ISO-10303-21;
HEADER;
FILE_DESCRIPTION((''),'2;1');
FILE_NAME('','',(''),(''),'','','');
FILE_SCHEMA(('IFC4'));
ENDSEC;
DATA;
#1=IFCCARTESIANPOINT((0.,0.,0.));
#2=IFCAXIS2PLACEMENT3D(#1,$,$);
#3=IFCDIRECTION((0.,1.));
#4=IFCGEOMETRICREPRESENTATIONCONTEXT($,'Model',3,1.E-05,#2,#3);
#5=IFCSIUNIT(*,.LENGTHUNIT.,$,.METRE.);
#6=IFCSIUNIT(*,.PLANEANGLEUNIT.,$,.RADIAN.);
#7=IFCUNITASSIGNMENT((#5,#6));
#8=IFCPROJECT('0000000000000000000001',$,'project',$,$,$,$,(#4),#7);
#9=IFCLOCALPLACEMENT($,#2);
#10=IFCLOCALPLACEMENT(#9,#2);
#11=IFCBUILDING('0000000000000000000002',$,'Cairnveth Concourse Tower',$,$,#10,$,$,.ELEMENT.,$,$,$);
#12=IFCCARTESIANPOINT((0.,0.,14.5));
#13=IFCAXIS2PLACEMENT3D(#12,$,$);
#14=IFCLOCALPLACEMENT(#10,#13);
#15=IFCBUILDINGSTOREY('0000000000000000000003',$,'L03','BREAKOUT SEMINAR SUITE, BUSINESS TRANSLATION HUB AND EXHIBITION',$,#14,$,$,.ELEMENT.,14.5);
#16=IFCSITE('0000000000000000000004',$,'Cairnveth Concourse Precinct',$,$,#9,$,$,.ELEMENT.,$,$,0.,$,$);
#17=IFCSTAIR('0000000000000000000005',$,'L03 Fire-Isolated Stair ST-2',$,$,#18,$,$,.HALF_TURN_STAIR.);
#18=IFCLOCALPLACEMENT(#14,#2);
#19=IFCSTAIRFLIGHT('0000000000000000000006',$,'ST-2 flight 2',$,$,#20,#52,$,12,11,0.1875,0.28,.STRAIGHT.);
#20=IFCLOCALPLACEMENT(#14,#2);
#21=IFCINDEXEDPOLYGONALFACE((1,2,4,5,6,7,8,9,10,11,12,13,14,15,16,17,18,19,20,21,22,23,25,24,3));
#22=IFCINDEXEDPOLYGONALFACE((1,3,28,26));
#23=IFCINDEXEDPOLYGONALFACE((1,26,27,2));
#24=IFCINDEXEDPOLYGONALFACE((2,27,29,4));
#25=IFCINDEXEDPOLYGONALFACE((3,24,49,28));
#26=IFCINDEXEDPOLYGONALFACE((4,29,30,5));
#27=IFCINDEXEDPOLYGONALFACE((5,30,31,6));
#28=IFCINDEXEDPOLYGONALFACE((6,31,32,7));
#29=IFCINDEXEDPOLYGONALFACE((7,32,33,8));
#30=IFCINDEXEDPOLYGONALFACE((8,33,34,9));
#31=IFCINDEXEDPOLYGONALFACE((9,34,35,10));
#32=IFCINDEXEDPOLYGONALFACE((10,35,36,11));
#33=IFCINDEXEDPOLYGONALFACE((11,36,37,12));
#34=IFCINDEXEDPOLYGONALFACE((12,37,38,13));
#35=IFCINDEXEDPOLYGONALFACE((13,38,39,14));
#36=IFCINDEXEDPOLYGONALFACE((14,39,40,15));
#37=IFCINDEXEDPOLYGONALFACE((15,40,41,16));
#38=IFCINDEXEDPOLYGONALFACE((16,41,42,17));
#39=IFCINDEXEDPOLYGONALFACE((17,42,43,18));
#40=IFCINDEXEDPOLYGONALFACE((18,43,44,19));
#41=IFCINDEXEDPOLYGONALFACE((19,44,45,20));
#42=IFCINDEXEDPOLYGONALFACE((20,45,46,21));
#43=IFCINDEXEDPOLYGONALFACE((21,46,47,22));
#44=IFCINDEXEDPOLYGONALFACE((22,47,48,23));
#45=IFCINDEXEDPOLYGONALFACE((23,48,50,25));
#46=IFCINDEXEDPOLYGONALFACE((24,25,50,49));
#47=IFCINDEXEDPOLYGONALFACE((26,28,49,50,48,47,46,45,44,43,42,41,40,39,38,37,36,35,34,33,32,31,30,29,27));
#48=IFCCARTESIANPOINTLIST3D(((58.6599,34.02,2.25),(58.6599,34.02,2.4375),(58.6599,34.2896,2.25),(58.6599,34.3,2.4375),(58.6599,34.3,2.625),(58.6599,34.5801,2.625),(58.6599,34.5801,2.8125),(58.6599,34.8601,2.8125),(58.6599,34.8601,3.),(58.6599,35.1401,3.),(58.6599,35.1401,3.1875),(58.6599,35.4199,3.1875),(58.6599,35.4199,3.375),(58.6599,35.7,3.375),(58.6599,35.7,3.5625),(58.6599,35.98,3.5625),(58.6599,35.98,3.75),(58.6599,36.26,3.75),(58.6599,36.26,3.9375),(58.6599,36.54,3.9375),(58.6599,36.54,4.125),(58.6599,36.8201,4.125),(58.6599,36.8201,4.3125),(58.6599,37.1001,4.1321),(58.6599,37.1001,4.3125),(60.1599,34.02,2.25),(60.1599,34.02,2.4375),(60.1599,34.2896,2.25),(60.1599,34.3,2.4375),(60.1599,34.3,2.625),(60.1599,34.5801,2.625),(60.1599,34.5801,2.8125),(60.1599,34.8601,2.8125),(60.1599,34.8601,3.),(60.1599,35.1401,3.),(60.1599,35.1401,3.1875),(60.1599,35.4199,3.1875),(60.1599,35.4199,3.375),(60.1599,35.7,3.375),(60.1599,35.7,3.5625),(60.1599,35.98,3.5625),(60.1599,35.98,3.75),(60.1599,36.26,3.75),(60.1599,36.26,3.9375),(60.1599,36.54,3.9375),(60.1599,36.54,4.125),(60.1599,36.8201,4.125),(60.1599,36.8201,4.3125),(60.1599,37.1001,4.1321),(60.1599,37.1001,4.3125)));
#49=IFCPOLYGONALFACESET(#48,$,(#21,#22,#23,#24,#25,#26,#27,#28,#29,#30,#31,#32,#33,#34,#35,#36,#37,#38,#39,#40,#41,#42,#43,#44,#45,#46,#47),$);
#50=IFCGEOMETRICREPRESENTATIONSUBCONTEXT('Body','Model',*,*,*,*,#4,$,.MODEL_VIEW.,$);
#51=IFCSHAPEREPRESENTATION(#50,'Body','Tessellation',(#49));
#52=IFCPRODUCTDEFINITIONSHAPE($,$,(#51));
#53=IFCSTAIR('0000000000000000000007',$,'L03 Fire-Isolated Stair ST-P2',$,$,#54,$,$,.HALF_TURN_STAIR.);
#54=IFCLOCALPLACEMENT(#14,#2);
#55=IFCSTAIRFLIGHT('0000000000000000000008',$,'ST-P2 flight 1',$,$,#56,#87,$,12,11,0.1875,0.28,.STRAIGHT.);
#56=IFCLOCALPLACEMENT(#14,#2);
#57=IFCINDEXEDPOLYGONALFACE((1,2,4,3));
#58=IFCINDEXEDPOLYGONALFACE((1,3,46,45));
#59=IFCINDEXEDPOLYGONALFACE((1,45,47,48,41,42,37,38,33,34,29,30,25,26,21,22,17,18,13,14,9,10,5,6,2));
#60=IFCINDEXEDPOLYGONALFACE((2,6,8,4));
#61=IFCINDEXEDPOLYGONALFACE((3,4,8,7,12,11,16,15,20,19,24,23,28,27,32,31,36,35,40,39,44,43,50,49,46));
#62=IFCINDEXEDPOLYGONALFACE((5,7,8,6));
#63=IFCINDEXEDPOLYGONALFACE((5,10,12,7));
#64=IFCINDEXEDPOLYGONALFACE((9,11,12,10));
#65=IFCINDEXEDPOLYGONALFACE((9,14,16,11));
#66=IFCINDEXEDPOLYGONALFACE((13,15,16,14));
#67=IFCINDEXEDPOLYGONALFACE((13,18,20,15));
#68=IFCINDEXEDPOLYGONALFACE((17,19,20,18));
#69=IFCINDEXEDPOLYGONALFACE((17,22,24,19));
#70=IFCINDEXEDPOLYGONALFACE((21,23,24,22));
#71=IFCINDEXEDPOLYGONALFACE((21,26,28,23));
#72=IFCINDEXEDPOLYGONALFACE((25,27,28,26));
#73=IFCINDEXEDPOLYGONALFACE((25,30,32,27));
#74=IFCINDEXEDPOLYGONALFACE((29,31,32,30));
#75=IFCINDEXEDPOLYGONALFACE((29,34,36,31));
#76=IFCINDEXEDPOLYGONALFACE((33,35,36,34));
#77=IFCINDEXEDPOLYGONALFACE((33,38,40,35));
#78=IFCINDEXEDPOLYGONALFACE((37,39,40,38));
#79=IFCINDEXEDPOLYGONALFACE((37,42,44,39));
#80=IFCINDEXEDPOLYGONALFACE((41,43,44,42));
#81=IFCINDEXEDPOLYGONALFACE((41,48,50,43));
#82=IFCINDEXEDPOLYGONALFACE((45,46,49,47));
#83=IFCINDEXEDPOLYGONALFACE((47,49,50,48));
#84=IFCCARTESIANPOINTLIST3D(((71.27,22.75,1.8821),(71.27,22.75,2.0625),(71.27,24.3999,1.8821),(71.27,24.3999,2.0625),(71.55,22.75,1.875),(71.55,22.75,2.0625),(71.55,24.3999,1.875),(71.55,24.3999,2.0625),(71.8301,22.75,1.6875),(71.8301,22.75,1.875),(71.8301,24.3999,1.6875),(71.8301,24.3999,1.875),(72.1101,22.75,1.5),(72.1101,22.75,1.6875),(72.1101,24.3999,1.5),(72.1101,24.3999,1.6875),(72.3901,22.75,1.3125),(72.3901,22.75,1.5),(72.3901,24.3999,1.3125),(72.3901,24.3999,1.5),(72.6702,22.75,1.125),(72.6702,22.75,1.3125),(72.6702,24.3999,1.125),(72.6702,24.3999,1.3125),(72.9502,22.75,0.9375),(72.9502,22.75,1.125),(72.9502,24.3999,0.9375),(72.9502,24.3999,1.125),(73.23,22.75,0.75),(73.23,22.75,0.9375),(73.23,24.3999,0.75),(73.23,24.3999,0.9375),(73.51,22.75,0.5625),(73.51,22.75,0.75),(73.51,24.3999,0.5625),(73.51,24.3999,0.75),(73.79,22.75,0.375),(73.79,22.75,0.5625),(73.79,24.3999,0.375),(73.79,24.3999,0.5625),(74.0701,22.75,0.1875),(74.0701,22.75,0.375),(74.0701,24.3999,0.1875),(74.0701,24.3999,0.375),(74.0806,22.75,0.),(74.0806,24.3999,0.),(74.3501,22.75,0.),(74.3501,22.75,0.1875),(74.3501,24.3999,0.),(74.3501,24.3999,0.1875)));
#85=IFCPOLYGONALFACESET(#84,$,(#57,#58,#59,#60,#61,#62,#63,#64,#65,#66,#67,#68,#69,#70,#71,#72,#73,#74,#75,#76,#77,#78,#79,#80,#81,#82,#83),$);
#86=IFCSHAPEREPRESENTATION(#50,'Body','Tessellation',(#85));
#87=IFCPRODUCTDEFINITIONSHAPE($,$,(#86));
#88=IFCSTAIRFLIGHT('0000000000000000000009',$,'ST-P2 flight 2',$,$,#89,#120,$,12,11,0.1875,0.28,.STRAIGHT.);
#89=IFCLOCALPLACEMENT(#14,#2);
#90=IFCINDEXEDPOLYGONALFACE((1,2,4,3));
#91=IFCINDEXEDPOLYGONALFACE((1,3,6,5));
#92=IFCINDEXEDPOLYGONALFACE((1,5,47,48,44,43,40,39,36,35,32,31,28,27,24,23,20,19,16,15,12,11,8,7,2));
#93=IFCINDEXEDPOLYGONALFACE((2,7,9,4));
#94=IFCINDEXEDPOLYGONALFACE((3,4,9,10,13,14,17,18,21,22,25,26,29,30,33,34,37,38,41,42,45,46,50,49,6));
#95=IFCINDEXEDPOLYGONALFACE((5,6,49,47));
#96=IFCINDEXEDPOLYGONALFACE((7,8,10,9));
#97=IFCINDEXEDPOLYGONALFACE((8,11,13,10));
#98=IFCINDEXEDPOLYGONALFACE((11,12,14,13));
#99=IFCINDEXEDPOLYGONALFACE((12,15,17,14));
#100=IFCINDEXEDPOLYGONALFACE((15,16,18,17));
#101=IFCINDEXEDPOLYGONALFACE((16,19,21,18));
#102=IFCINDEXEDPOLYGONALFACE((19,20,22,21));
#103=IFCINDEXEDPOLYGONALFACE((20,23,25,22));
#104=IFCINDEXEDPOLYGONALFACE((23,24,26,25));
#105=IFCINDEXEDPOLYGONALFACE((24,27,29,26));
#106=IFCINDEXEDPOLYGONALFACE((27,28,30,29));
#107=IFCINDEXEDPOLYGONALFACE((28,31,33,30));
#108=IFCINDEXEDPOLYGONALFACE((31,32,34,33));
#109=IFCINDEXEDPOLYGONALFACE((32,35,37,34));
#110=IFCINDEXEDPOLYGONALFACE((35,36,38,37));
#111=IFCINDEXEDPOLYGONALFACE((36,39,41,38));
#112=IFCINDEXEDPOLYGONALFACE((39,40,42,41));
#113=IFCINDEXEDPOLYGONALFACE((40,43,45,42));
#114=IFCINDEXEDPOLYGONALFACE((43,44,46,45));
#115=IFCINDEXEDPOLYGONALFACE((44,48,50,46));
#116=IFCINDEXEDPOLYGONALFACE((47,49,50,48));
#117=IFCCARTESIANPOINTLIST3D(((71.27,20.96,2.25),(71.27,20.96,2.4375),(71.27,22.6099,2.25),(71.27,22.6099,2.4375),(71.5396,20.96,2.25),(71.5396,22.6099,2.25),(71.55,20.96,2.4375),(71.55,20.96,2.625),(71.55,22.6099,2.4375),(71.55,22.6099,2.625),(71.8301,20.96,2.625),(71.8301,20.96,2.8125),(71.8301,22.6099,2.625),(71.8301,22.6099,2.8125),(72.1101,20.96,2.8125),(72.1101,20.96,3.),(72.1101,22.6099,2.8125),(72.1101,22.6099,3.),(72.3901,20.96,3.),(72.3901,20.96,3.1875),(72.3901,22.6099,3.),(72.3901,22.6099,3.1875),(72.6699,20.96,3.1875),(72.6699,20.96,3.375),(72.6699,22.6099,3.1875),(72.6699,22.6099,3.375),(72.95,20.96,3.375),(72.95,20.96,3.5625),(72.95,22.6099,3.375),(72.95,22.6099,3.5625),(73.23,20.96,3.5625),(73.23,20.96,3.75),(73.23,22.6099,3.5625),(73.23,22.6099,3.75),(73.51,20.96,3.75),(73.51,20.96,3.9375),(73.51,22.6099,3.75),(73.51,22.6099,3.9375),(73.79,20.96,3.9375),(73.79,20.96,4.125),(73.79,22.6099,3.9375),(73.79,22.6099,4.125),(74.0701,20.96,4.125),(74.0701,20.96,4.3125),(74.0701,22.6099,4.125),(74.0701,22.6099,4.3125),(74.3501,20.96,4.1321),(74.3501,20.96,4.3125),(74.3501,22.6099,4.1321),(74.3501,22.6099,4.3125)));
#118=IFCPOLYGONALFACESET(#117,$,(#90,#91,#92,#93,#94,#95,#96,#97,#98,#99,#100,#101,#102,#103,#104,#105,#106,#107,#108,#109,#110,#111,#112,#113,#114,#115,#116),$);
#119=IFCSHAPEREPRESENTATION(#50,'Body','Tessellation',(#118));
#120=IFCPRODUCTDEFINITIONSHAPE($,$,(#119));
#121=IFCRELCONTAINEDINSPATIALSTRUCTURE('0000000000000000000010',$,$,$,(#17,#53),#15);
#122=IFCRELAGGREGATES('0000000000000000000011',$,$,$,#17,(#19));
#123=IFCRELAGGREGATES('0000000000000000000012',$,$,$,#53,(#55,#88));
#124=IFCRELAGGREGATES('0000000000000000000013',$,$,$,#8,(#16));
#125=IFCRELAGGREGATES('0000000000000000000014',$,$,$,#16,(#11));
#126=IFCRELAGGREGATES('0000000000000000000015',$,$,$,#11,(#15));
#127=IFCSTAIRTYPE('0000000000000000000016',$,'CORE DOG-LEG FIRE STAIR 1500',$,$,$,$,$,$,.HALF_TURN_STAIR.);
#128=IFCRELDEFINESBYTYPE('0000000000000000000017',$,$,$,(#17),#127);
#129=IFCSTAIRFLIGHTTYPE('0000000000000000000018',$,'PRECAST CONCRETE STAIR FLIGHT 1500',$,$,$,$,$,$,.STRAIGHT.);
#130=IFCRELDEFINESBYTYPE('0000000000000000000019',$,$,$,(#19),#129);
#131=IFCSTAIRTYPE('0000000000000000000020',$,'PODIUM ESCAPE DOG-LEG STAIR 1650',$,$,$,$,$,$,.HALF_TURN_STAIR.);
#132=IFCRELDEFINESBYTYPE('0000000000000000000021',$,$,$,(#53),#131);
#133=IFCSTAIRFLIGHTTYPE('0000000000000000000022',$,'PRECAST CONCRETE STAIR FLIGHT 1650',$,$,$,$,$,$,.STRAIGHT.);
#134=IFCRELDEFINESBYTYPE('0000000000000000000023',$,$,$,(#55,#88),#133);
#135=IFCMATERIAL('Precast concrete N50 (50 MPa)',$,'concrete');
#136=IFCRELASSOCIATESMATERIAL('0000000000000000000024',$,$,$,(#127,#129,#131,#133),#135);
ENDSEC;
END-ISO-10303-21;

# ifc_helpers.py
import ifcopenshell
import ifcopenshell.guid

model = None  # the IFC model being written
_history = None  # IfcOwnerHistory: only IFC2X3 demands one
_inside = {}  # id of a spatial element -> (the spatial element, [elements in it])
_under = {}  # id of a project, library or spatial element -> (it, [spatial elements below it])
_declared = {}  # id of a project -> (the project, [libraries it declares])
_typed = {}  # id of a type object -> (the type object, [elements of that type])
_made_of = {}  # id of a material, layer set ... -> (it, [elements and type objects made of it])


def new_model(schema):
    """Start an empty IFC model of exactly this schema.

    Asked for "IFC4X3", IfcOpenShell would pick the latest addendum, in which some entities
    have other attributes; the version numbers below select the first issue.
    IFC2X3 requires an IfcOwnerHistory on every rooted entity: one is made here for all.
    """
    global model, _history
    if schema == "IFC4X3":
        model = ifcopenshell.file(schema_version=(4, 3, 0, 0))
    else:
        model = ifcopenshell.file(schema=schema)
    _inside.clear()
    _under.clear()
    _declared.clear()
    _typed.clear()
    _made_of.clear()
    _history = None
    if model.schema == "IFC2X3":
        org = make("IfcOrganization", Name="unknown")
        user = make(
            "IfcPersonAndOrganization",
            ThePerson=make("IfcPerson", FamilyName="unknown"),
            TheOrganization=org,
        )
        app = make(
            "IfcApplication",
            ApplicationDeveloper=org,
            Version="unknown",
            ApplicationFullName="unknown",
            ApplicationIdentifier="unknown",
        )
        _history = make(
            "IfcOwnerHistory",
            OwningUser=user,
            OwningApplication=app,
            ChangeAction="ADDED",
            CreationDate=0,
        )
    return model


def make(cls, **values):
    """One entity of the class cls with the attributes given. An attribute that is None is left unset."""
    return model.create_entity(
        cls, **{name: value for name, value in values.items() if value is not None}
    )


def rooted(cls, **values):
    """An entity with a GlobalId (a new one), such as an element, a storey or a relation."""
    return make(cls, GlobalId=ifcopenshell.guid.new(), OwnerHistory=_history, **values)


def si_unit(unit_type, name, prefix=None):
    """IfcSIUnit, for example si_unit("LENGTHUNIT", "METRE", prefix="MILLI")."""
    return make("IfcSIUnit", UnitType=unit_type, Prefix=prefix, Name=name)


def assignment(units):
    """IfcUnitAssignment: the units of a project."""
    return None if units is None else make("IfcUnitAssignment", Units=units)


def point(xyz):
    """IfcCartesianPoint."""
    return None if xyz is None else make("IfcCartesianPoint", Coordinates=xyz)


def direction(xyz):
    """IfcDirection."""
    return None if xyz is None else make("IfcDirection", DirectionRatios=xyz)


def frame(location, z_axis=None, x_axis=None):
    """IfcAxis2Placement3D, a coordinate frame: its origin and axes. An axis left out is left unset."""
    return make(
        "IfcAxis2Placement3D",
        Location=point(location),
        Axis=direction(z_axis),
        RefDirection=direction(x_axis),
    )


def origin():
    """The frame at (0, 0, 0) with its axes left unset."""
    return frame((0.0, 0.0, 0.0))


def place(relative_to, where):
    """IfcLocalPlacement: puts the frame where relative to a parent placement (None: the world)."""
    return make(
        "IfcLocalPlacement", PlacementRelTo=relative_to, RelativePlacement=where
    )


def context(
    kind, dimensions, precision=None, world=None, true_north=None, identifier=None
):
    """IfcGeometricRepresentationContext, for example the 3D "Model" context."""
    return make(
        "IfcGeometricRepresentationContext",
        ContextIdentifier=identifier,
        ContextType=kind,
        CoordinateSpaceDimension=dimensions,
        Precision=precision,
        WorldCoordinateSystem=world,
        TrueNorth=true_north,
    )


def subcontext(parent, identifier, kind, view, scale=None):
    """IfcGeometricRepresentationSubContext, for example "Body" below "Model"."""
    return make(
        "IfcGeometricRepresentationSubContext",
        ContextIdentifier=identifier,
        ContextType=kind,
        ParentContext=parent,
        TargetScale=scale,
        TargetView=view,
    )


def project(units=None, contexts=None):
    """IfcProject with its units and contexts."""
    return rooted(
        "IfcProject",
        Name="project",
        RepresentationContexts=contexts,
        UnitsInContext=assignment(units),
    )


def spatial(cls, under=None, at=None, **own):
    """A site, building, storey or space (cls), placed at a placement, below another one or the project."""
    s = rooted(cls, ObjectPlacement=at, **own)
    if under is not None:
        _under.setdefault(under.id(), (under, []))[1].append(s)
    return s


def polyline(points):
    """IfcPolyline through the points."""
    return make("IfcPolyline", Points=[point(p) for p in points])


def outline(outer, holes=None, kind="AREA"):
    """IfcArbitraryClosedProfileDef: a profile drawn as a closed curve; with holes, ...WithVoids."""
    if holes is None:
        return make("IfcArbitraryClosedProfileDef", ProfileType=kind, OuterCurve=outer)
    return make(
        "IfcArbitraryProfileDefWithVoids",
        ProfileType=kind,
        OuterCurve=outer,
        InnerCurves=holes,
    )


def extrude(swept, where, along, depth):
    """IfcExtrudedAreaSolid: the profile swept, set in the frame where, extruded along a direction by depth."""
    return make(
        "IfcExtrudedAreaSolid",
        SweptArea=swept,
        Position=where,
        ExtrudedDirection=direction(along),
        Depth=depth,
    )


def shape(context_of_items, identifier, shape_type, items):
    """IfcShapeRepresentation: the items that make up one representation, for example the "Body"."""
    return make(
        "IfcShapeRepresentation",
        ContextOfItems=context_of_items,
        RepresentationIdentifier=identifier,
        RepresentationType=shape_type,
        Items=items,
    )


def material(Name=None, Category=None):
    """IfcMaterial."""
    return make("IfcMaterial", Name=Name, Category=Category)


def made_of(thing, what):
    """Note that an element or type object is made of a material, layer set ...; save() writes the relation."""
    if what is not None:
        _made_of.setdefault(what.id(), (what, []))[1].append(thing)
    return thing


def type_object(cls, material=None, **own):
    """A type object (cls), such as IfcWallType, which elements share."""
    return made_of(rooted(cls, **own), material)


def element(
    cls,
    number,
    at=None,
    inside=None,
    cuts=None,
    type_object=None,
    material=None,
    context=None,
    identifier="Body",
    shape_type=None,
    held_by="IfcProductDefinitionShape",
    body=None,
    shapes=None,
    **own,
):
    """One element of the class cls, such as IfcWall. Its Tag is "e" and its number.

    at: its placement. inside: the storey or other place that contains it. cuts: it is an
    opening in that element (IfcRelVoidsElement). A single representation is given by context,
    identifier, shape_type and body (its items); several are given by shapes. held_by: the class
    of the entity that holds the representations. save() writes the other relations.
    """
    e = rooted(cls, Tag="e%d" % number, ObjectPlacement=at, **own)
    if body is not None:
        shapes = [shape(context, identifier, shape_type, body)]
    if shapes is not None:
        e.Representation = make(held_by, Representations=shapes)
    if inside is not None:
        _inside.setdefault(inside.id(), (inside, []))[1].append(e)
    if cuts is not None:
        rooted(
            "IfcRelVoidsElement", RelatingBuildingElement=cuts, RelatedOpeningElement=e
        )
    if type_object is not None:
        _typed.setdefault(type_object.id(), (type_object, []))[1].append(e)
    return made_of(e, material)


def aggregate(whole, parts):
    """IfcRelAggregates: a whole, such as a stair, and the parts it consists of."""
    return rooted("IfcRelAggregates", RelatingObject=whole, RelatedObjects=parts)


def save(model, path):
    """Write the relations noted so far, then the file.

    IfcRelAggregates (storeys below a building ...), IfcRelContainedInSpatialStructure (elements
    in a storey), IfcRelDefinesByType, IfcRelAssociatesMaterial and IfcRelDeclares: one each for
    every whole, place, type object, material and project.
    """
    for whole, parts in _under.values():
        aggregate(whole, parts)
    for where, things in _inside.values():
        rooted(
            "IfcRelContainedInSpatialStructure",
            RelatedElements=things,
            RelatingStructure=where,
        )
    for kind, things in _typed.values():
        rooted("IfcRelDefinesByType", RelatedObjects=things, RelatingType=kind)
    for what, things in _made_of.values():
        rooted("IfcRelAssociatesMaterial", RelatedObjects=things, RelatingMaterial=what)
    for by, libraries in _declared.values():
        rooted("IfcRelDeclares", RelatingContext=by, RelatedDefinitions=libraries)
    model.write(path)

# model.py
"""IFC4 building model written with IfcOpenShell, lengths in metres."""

from ifc_helpers import new_model, si_unit, direction, frame, origin, place, context, subcontext, project, spatial, polyline, outline, extrude, material, type_object, element, aggregate, save


model = new_model("IFC4")

# Units and contexts
model_context = context("Model", 3, precision=1e-05, world=origin(), true_north=direction((0.0, 1.0)))
body_context = subcontext(model_context, "Body", "Model", "MODEL_VIEW")
ifc_project = project(units=[si_unit("LENGTHUNIT", "METRE"), si_unit("PLANEANGLEUNIT", "RADIAN")], contexts=[model_context])

# Site, building, storey
site_placement = place(None, origin())
site = spatial("IfcSite", under=ifc_project, at=site_placement, Name="Cairnveth Concourse Precinct", CompositionType="ELEMENT", RefElevation=0.0)
building_placement = place(site_placement, origin())
building = spatial("IfcBuilding", under=site, at=building_placement, Name="Cairnveth Concourse Tower", CompositionType="ELEMENT")
storey_placement = place(building_placement, frame((0.0, 0.0, 14.5)))
storey = spatial("IfcBuildingStorey", under=building, at=storey_placement, Name="L03", Description="BREAKOUT SEMINAR SUITE, BUSINESS TRANSLATION HUB AND EXHIBITION", CompositionType="ELEMENT", Elevation=14.5)

# Stair, stair flight
ifc_material_1 = material(Name="Precast concrete N50 (50 MPa)", Category="concrete")
stair_type_1 = type_object("IfcStairType", Name="CORE DOG-LEG FIRE STAIR 1500", PredefinedType="HALF_TURN_STAIR", material=ifc_material_1)
stair_1_placement = place(storey_placement, origin())
stair_1 = element("IfcStair", 1, at=stair_1_placement, inside=storey, type_object=stair_type_1, Name="L03 Fire-Isolated Stair ST-2", PredefinedType="HALF_TURN_STAIR")
stair_flight_type_1 = type_object("IfcStairFlightType", Name="PRECAST CONCRETE STAIR FLIGHT 1500", PredefinedType="STRAIGHT", material=ifc_material_1)
stair_flight_1_placement = place(storey_placement, frame((59.4099, 34.02, 2.25), z_axis=(0.0, 0.0, 1.0), x_axis=(0.0, 1.0, 0.0)))
stair_flight_1 = element("IfcStairFlight", 2, at=stair_flight_1_placement, type_object=stair_flight_type_1, Name="ST-2 flight 2", NumberOfRisers=12, NumberOfTreads=11, PredefinedType="STRAIGHT", RiserHeight=0.1875, TreadLength=0.28, context=body_context, shape_type="SweptSolid", body=[
    extrude(outline(polyline([(0.0, 0.0), (0.0, 0.1875), (0.28, 0.1875), (0.28, 0.375), (0.5601, 0.375), (0.5601, 0.5625), (0.8401, 0.5625), (0.8401, 0.75), (1.1201, 0.75), (1.1201, 0.9375), (1.3999, 0.9375), (1.3999, 1.125), (1.6799, 1.125), (1.6799, 1.3125), (1.96, 1.3125), (1.96, 1.5), (2.24, 1.5), (2.24, 1.6875), (2.52, 1.6875), (2.52, 1.875), (2.8, 1.875), (2.8, 2.0625), (3.0801, 2.0625), (3.0801, 2.25), (3.0801, 1.8821), (0.2695, 0.0), (0.0, 0.0)])), frame((0.0, 0.75, 0.0), z_axis=(0.0, -1.0, 0.0), x_axis=(1.0, 0.0, 0.0)), (0.0, 0.0, 1.0), 1.5),
])
aggregate(stair_1, [stair_flight_1])

# Stair, stair flights
stair_type_2 = type_object("IfcStairType", Name="PODIUM ESCAPE DOG-LEG STAIR 1650", PredefinedType="HALF_TURN_STAIR", material=ifc_material_1)
stair_2_placement = place(storey_placement, origin())
stair_2 = element("IfcStair", 3, at=stair_2_placement, inside=storey, type_object=stair_type_2, Name="L03 Fire-Isolated Stair ST-P2", PredefinedType="HALF_TURN_STAIR")
stair_flight_type_2 = type_object("IfcStairFlightType", Name="PRECAST CONCRETE STAIR FLIGHT 1650", PredefinedType="STRAIGHT", material=ifc_material_1)
stair_flight_2_placement = place(storey_placement, frame((74.3501, 23.575, 0.0), z_axis=(0.0, 0.0, 1.0), x_axis=(-1.0, 0.0, 0.0)))
stair_flight_2 = element("IfcStairFlight", 4, at=stair_flight_2_placement, type_object=stair_flight_type_2, Name="ST-P2 flight 1", NumberOfRisers=12, NumberOfTreads=11, PredefinedType="STRAIGHT", RiserHeight=0.1875, TreadLength=0.28, context=body_context, shape_type="SweptSolid", body=[
    extrude(outline(polyline([(0.0, 0.0), (0.0, 0.1875), (0.28, 0.1875), (0.28, 0.375), (0.5601, 0.375), (0.5601, 0.5625), (0.8401, 0.5625), (0.8401, 0.75), (1.1201, 0.75), (1.1201, 0.9375), (1.3999, 0.9375), (1.3999, 1.125), (1.6799, 1.125), (1.6799, 1.3125), (1.96, 1.3125), (1.96, 1.5), (2.24, 1.5), (2.24, 1.6875), (2.52, 1.6875), (2.52, 1.875), (2.8, 1.875), (2.8, 2.0625), (3.0801, 2.0625), (3.0801, 2.25), (3.0801, 1.8821), (0.2695, 0.0), (0.0, 0.0)])), frame((0.0, 0.825, 0.0), z_axis=(0.0, -1.0, 0.0), x_axis=(1.0, 0.0, 0.0)), (0.0, 0.0, 1.0), 1.6499),
])
stair_flight_3_placement = place(storey_placement, frame((71.27, 21.7849, 2.25), z_axis=(0.0, 0.0, 1.0), x_axis=(1.0, 0.0, 0.0)))
stair_flight_3 = element("IfcStairFlight", 5, at=stair_flight_3_placement, type_object=stair_flight_type_2, Name="ST-P2 flight 2", NumberOfRisers=12, NumberOfTreads=11, PredefinedType="STRAIGHT", RiserHeight=0.1875, TreadLength=0.28, context=body_context, shape_type="SweptSolid", body=[
    extrude(outline(polyline([(0.0, 0.0), (0.0, 0.1875), (0.28, 0.1875), (0.28, 0.375), (0.5601, 0.375), (0.5601, 0.5625), (0.8401, 0.5625), (0.8401, 0.75), (1.1201, 0.75), (1.1201, 0.9375), (1.3999, 0.9375), (1.3999, 1.125), (1.6799, 1.125), (1.6799, 1.3125), (1.96, 1.3125), (1.96, 1.5), (2.24, 1.5), (2.24, 1.6875), (2.52, 1.6875), (2.52, 1.875), (2.8, 1.875), (2.8, 2.0625), (3.0801, 2.0625), (3.0801, 2.25), (3.0801, 1.8821), (0.2695, 0.0), (0.0, 0.0)])), frame((0.0, 0.825, 0.0), z_axis=(0.0, -1.0, 0.0), x_axis=(1.0, 0.0, 0.0)), (0.0, 0.0, 1.0), 1.6499),
])
aggregate(stair_2, [stair_flight_2, stair_flight_3])

save(model, "model.ifc")
